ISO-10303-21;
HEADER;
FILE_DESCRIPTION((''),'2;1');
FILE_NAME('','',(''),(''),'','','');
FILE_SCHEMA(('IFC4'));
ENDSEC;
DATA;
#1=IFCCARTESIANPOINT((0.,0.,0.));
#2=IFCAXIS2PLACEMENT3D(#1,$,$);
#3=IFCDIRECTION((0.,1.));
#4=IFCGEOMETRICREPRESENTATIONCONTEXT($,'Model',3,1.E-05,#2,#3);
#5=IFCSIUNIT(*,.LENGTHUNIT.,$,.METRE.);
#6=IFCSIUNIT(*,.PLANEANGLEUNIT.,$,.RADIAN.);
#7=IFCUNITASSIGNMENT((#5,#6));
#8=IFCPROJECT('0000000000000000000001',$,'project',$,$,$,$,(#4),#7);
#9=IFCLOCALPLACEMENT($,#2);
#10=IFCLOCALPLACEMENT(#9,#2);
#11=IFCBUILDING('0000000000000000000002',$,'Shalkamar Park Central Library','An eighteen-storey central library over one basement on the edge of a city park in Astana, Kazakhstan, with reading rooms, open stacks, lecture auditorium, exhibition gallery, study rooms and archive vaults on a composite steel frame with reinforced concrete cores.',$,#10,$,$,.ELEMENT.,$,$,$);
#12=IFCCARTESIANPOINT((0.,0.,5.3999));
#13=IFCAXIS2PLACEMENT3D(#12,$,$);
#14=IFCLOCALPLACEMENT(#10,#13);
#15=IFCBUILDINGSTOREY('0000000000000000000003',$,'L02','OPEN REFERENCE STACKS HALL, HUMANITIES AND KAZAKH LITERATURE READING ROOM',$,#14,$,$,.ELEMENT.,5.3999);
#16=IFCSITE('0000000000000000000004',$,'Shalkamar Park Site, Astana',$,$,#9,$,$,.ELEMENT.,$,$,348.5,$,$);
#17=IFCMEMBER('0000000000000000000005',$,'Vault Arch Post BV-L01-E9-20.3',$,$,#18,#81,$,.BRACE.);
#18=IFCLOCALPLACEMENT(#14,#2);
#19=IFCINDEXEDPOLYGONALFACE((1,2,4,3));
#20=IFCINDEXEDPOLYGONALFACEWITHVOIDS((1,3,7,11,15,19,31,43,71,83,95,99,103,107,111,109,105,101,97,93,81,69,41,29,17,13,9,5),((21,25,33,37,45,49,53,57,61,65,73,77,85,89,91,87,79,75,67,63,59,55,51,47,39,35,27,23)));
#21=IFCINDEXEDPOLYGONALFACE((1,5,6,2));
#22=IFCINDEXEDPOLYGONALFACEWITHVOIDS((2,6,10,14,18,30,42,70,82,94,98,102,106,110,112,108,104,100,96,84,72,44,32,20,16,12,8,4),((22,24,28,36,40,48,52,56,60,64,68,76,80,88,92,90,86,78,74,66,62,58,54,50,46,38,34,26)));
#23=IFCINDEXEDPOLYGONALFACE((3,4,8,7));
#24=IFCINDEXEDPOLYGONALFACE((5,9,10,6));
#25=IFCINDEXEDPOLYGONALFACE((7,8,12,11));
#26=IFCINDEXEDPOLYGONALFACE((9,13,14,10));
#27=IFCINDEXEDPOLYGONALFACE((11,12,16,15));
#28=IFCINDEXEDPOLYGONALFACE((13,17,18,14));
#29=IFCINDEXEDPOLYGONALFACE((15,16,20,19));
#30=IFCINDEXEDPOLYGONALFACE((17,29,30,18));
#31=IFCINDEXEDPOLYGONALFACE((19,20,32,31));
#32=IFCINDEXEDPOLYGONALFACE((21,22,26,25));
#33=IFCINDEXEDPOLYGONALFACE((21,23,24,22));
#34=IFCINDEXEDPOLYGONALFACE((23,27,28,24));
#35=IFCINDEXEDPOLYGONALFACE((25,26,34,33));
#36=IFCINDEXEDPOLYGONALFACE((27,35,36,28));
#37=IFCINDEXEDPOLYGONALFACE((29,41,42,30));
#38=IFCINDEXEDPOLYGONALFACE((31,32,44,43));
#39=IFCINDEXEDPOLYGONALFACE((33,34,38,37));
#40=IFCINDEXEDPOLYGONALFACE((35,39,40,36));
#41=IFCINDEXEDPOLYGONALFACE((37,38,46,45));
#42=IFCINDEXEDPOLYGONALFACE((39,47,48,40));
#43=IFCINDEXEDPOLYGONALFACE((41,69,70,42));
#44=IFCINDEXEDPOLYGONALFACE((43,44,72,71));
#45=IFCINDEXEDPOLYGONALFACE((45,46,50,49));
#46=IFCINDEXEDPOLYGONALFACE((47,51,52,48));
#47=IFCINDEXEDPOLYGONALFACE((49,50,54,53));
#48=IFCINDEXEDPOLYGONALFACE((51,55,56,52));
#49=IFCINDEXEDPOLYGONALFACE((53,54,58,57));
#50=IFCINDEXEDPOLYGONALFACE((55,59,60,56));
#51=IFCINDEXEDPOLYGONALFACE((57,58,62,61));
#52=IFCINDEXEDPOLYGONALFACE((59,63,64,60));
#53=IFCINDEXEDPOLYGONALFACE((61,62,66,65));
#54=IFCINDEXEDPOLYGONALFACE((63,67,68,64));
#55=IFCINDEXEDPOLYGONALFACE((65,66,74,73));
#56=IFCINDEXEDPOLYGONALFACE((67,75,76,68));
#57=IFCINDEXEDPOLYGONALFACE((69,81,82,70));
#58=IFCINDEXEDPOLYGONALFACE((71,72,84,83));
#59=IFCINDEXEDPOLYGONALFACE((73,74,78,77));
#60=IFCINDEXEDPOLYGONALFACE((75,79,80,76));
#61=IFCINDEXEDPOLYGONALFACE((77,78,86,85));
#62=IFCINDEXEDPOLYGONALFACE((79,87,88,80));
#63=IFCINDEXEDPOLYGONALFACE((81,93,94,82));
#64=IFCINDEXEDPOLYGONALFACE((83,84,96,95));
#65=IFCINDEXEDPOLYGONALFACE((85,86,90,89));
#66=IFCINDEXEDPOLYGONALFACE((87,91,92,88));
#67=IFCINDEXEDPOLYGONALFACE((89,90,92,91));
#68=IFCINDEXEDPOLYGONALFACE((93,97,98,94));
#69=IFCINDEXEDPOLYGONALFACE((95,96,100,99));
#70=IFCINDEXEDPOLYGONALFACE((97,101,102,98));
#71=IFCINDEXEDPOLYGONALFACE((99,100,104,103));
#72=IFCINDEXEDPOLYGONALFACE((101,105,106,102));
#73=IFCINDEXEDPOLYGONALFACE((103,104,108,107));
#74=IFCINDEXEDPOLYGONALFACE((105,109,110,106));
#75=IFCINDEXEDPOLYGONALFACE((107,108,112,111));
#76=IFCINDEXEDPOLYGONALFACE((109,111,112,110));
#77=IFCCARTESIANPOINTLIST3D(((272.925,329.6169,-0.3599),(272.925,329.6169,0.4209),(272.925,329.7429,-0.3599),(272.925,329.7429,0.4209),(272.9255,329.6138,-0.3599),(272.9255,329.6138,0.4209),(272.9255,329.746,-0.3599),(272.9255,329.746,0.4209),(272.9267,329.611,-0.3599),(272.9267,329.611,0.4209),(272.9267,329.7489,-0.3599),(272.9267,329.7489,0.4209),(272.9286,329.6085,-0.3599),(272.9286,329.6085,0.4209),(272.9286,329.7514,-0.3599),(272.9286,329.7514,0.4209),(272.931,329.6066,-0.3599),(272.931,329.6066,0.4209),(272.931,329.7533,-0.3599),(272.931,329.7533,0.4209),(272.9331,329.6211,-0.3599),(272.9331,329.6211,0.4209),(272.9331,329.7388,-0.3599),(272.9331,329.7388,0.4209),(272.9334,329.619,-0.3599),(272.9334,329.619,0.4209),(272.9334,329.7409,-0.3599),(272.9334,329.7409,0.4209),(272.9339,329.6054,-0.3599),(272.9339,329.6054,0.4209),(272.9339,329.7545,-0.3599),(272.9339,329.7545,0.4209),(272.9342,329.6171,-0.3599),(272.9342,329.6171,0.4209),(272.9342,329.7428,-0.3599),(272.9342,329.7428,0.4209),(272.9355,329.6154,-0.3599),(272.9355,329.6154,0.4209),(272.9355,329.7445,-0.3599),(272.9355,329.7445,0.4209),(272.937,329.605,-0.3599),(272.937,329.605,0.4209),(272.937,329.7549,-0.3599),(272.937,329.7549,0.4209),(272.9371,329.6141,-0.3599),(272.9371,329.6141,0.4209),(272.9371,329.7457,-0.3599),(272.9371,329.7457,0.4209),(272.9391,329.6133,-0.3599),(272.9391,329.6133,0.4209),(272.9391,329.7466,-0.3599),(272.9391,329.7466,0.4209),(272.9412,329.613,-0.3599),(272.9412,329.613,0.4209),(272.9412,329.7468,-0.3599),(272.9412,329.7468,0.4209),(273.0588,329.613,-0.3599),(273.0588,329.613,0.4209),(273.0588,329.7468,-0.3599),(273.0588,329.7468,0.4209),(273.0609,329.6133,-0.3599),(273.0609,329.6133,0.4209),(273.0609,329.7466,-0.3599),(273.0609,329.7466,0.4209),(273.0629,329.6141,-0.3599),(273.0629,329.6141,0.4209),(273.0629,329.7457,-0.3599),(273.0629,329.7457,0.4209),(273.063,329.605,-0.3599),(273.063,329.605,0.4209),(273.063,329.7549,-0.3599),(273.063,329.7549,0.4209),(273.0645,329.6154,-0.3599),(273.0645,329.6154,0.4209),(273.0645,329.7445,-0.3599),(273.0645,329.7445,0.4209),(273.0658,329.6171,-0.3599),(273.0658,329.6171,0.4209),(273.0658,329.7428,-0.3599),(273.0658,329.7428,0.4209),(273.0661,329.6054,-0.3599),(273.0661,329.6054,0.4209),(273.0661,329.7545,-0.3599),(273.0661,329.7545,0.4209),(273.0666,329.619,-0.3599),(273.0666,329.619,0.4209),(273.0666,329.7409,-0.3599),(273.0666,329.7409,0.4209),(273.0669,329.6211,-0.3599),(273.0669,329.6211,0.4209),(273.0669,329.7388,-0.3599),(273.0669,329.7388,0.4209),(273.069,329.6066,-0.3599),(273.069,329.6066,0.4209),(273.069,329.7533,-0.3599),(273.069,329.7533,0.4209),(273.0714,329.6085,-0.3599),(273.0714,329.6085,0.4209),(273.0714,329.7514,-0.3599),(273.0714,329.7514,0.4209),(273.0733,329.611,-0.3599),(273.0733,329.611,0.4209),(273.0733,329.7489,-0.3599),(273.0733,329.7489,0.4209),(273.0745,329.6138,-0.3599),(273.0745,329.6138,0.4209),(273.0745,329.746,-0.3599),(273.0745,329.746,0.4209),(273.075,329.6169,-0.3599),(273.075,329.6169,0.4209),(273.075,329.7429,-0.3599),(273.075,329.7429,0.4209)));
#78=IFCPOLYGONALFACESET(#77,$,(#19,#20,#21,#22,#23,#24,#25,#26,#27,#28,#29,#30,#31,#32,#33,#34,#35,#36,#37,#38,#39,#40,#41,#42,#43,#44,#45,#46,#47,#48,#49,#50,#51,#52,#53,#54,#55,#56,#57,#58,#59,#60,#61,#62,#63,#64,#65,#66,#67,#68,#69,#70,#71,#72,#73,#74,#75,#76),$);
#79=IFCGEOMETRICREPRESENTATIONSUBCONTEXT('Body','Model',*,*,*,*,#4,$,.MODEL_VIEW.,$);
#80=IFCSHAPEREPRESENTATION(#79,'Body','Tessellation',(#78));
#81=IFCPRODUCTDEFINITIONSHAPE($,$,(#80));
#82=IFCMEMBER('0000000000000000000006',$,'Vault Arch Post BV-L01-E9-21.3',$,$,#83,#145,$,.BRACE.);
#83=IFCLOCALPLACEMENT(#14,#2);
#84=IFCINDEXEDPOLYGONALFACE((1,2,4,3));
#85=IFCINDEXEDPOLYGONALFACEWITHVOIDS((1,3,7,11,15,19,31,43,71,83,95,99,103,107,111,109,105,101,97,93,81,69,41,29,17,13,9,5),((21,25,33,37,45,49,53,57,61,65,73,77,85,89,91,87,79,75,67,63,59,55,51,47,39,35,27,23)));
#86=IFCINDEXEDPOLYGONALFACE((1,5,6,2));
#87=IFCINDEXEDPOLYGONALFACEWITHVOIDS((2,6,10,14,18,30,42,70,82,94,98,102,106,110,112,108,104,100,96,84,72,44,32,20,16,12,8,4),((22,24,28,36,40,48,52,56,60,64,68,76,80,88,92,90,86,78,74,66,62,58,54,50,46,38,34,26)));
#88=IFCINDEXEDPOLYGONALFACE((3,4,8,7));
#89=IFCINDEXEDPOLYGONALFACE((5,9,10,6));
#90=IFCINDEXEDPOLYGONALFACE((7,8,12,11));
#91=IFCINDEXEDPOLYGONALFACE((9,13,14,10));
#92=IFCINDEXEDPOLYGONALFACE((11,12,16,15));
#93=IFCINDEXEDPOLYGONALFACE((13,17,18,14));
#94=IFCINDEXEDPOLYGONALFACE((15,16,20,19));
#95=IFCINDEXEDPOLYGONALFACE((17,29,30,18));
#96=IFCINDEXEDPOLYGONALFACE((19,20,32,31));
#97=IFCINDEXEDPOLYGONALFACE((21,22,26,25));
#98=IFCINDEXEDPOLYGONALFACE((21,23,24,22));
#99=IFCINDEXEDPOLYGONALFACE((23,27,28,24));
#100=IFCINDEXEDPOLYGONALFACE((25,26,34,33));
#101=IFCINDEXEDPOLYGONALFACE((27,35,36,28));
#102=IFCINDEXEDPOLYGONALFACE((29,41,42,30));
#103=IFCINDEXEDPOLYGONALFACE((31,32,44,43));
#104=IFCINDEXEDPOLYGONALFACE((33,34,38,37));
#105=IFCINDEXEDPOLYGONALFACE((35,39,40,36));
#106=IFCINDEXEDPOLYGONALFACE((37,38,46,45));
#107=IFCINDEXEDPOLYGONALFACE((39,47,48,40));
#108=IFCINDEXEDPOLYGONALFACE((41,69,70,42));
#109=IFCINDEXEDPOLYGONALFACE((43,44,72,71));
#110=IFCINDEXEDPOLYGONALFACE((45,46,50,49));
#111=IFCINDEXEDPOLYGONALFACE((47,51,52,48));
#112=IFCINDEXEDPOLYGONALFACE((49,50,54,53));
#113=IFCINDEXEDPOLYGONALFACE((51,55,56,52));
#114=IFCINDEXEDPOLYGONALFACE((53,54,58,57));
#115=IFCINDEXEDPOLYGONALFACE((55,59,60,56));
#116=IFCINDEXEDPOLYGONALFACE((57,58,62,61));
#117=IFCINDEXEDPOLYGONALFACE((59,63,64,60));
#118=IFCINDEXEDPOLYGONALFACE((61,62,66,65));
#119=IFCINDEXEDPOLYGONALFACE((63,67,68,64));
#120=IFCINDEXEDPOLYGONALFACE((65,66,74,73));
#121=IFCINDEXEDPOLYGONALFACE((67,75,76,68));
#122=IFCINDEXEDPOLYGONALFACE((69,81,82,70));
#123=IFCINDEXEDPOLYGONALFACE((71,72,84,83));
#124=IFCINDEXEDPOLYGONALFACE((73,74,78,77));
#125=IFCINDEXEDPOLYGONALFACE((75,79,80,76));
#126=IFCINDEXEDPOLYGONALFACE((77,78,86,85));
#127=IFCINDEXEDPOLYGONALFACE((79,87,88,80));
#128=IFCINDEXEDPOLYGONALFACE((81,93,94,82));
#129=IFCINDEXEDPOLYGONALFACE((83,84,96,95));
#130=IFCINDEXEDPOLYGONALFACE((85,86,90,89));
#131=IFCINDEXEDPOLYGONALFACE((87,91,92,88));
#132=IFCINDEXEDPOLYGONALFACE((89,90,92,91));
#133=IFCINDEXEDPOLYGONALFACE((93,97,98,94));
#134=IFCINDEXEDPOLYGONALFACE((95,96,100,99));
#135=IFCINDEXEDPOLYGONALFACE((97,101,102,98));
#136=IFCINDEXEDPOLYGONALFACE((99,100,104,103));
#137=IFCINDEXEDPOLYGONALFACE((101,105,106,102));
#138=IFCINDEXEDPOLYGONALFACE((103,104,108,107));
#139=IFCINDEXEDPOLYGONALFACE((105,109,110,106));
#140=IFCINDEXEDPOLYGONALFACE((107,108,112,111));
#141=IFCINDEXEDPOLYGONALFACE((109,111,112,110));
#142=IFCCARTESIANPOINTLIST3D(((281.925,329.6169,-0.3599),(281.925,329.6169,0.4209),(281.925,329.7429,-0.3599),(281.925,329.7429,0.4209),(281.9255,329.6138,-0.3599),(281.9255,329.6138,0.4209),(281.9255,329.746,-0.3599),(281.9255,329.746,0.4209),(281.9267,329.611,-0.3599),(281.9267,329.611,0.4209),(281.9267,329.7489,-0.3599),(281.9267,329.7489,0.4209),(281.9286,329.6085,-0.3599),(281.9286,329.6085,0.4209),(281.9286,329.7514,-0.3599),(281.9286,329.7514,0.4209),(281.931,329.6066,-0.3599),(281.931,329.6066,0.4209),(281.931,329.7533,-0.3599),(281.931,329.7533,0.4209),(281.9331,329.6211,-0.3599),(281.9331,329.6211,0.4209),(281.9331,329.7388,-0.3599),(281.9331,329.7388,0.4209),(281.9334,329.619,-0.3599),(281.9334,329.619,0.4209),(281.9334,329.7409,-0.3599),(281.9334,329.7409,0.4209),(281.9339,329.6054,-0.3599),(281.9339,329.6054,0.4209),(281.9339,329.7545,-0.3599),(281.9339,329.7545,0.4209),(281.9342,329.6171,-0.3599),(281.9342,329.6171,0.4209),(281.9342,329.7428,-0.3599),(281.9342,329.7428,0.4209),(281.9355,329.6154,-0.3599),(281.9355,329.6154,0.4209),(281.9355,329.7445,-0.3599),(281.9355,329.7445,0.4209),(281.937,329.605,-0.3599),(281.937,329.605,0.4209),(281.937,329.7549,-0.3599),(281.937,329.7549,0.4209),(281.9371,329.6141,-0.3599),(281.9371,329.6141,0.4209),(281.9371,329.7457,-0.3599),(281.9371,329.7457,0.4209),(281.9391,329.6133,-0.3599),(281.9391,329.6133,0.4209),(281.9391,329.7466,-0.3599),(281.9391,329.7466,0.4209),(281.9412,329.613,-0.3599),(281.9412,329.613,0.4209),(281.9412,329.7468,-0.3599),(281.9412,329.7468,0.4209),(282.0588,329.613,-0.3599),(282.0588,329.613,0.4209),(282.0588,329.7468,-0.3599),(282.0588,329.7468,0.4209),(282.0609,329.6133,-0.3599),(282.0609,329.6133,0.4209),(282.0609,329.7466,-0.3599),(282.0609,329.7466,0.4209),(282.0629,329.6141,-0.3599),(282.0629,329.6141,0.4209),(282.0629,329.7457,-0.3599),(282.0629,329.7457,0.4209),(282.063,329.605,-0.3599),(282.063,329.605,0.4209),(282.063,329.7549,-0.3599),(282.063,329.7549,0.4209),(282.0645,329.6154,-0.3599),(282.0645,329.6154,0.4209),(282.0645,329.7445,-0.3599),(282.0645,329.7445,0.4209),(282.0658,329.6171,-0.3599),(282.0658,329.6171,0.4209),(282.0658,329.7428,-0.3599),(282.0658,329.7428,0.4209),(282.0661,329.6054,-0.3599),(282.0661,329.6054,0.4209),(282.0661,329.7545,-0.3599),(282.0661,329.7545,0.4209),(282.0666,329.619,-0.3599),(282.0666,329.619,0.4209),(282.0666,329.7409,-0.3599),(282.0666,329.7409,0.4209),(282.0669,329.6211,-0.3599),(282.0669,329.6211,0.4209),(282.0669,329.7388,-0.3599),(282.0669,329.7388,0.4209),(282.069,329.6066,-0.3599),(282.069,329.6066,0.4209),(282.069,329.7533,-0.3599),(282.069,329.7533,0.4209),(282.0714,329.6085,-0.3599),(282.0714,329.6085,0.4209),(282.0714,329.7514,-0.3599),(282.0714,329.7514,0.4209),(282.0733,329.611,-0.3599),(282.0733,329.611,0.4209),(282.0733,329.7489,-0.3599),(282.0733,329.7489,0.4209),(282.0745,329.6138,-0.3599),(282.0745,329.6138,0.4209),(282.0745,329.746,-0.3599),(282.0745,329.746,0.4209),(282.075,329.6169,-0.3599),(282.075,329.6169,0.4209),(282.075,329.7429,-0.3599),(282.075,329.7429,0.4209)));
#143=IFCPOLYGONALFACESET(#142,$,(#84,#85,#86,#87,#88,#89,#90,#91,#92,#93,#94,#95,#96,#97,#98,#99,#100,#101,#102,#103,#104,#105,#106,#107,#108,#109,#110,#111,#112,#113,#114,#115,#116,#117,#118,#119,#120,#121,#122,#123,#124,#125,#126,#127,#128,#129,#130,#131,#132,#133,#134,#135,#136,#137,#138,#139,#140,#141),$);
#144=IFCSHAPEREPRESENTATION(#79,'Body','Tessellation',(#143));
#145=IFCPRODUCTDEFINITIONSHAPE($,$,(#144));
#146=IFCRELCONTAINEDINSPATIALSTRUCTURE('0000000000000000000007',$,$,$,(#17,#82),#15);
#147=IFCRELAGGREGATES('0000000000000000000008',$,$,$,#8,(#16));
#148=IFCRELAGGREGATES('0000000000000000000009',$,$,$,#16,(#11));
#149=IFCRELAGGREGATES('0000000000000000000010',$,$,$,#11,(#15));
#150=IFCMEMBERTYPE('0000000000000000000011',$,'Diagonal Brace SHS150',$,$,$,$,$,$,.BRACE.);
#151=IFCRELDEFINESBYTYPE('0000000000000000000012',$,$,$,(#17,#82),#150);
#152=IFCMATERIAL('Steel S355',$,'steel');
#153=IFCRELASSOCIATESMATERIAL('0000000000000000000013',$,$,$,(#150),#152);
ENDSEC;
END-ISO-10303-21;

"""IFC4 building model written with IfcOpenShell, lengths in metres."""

from ifc_helpers import new_model, si_unit, direction, frame, origin, origin_2d, place, context, subcontext, project, spatial, hollow_rectangle, extrude, material, material_profile, profile_set, type_object, element, save


model = new_model("IFC4")

# Units and contexts
model_context = context("Model", 3, precision=1e-05, world=origin(), true_north=direction((0.0, 1.0)))
body_context = subcontext(model_context, "Body", "Model", "MODEL_VIEW")
ifc_project = project(units=[si_unit("LENGTHUNIT", "METRE"), si_unit("PLANEANGLEUNIT", "RADIAN")], contexts=[model_context])

# Site, building, storey
site_placement = place(None, origin())
site = spatial("IfcSite", under=ifc_project, at=site_placement, Name="Shalkamar Park Site, Astana", CompositionType="ELEMENT", RefElevation=348.5)
building_placement = place(site_placement, origin())
building = spatial("IfcBuilding", under=site, at=building_placement, Name="Shalkamar Park Central Library", Description="An eighteen-storey central library over one basement on the edge of a city park in Astana, Kazakhstan, with reading rooms, open stacks, lecture auditorium, exhibition gallery, study rooms and archive vaults on a composite steel frame with reinforced concrete cores.", CompositionType="ELEMENT")
storey_placement = place(building_placement, frame((0.0, 0.0, 5.3999)))
storey = spatial("IfcBuildingStorey", under=building, at=storey_placement, Name="L02", Description="OPEN REFERENCE STACKS HALL, HUMANITIES AND KAZAKH LITERATURE READING ROOM", CompositionType="ELEMENT", Elevation=5.3999)

# Shared definitions
ifc_material_1 = material(Name="Steel S355", Category="steel")

# Members
ifc_material_profile_1 = material_profile(ifc_material_1, hollow_rectangle(XDim=0.1499, YDim=0.1499, WallThickness=0.0081, InnerFilletRadius=0.0081, OuterFilletRadius=0.012, at=origin_2d()), Name="SHS 150x150x8")
ifc_profile_set_1 = profile_set([ifc_material_profile_1], Name="Steel S355")
member_type_1 = type_object("IfcMemberType", Name="Diagonal Brace SHS150", PredefinedType="BRACE", material=ifc_profile_set_1)
for number, where, z_axis, x_axis, name in (
    (1, (273.0, 329.6799, -0.3599), (0.0, 0.0, 1.0), (1.0, 0.0, 0.0), "Vault Arch Post BV-L01-E9-20.3"),
    (2, (282.0, 329.6799, -0.3599), (0.0, 0.0, 1.0), (1.0, 0.0, 0.0), "Vault Arch Post BV-L01-E9-21.3"),
):
    element("IfcMember", number, at=place(storey_placement, frame(where, z_axis=z_axis, x_axis=x_axis)), inside=storey, type_object=member_type_1, Name=name, PredefinedType="BRACE", context=body_context, shape_type="SweptSolid", body=[
        extrude(hollow_rectangle(XDim=0.1499, YDim=0.1499, WallThickness=0.0081, InnerFilletRadius=0.0081, OuterFilletRadius=0.012, at=origin_2d()), origin(), (0.0, 0.0, 1.0), 0.7808),
    ])

save(model, "model.ifc")
